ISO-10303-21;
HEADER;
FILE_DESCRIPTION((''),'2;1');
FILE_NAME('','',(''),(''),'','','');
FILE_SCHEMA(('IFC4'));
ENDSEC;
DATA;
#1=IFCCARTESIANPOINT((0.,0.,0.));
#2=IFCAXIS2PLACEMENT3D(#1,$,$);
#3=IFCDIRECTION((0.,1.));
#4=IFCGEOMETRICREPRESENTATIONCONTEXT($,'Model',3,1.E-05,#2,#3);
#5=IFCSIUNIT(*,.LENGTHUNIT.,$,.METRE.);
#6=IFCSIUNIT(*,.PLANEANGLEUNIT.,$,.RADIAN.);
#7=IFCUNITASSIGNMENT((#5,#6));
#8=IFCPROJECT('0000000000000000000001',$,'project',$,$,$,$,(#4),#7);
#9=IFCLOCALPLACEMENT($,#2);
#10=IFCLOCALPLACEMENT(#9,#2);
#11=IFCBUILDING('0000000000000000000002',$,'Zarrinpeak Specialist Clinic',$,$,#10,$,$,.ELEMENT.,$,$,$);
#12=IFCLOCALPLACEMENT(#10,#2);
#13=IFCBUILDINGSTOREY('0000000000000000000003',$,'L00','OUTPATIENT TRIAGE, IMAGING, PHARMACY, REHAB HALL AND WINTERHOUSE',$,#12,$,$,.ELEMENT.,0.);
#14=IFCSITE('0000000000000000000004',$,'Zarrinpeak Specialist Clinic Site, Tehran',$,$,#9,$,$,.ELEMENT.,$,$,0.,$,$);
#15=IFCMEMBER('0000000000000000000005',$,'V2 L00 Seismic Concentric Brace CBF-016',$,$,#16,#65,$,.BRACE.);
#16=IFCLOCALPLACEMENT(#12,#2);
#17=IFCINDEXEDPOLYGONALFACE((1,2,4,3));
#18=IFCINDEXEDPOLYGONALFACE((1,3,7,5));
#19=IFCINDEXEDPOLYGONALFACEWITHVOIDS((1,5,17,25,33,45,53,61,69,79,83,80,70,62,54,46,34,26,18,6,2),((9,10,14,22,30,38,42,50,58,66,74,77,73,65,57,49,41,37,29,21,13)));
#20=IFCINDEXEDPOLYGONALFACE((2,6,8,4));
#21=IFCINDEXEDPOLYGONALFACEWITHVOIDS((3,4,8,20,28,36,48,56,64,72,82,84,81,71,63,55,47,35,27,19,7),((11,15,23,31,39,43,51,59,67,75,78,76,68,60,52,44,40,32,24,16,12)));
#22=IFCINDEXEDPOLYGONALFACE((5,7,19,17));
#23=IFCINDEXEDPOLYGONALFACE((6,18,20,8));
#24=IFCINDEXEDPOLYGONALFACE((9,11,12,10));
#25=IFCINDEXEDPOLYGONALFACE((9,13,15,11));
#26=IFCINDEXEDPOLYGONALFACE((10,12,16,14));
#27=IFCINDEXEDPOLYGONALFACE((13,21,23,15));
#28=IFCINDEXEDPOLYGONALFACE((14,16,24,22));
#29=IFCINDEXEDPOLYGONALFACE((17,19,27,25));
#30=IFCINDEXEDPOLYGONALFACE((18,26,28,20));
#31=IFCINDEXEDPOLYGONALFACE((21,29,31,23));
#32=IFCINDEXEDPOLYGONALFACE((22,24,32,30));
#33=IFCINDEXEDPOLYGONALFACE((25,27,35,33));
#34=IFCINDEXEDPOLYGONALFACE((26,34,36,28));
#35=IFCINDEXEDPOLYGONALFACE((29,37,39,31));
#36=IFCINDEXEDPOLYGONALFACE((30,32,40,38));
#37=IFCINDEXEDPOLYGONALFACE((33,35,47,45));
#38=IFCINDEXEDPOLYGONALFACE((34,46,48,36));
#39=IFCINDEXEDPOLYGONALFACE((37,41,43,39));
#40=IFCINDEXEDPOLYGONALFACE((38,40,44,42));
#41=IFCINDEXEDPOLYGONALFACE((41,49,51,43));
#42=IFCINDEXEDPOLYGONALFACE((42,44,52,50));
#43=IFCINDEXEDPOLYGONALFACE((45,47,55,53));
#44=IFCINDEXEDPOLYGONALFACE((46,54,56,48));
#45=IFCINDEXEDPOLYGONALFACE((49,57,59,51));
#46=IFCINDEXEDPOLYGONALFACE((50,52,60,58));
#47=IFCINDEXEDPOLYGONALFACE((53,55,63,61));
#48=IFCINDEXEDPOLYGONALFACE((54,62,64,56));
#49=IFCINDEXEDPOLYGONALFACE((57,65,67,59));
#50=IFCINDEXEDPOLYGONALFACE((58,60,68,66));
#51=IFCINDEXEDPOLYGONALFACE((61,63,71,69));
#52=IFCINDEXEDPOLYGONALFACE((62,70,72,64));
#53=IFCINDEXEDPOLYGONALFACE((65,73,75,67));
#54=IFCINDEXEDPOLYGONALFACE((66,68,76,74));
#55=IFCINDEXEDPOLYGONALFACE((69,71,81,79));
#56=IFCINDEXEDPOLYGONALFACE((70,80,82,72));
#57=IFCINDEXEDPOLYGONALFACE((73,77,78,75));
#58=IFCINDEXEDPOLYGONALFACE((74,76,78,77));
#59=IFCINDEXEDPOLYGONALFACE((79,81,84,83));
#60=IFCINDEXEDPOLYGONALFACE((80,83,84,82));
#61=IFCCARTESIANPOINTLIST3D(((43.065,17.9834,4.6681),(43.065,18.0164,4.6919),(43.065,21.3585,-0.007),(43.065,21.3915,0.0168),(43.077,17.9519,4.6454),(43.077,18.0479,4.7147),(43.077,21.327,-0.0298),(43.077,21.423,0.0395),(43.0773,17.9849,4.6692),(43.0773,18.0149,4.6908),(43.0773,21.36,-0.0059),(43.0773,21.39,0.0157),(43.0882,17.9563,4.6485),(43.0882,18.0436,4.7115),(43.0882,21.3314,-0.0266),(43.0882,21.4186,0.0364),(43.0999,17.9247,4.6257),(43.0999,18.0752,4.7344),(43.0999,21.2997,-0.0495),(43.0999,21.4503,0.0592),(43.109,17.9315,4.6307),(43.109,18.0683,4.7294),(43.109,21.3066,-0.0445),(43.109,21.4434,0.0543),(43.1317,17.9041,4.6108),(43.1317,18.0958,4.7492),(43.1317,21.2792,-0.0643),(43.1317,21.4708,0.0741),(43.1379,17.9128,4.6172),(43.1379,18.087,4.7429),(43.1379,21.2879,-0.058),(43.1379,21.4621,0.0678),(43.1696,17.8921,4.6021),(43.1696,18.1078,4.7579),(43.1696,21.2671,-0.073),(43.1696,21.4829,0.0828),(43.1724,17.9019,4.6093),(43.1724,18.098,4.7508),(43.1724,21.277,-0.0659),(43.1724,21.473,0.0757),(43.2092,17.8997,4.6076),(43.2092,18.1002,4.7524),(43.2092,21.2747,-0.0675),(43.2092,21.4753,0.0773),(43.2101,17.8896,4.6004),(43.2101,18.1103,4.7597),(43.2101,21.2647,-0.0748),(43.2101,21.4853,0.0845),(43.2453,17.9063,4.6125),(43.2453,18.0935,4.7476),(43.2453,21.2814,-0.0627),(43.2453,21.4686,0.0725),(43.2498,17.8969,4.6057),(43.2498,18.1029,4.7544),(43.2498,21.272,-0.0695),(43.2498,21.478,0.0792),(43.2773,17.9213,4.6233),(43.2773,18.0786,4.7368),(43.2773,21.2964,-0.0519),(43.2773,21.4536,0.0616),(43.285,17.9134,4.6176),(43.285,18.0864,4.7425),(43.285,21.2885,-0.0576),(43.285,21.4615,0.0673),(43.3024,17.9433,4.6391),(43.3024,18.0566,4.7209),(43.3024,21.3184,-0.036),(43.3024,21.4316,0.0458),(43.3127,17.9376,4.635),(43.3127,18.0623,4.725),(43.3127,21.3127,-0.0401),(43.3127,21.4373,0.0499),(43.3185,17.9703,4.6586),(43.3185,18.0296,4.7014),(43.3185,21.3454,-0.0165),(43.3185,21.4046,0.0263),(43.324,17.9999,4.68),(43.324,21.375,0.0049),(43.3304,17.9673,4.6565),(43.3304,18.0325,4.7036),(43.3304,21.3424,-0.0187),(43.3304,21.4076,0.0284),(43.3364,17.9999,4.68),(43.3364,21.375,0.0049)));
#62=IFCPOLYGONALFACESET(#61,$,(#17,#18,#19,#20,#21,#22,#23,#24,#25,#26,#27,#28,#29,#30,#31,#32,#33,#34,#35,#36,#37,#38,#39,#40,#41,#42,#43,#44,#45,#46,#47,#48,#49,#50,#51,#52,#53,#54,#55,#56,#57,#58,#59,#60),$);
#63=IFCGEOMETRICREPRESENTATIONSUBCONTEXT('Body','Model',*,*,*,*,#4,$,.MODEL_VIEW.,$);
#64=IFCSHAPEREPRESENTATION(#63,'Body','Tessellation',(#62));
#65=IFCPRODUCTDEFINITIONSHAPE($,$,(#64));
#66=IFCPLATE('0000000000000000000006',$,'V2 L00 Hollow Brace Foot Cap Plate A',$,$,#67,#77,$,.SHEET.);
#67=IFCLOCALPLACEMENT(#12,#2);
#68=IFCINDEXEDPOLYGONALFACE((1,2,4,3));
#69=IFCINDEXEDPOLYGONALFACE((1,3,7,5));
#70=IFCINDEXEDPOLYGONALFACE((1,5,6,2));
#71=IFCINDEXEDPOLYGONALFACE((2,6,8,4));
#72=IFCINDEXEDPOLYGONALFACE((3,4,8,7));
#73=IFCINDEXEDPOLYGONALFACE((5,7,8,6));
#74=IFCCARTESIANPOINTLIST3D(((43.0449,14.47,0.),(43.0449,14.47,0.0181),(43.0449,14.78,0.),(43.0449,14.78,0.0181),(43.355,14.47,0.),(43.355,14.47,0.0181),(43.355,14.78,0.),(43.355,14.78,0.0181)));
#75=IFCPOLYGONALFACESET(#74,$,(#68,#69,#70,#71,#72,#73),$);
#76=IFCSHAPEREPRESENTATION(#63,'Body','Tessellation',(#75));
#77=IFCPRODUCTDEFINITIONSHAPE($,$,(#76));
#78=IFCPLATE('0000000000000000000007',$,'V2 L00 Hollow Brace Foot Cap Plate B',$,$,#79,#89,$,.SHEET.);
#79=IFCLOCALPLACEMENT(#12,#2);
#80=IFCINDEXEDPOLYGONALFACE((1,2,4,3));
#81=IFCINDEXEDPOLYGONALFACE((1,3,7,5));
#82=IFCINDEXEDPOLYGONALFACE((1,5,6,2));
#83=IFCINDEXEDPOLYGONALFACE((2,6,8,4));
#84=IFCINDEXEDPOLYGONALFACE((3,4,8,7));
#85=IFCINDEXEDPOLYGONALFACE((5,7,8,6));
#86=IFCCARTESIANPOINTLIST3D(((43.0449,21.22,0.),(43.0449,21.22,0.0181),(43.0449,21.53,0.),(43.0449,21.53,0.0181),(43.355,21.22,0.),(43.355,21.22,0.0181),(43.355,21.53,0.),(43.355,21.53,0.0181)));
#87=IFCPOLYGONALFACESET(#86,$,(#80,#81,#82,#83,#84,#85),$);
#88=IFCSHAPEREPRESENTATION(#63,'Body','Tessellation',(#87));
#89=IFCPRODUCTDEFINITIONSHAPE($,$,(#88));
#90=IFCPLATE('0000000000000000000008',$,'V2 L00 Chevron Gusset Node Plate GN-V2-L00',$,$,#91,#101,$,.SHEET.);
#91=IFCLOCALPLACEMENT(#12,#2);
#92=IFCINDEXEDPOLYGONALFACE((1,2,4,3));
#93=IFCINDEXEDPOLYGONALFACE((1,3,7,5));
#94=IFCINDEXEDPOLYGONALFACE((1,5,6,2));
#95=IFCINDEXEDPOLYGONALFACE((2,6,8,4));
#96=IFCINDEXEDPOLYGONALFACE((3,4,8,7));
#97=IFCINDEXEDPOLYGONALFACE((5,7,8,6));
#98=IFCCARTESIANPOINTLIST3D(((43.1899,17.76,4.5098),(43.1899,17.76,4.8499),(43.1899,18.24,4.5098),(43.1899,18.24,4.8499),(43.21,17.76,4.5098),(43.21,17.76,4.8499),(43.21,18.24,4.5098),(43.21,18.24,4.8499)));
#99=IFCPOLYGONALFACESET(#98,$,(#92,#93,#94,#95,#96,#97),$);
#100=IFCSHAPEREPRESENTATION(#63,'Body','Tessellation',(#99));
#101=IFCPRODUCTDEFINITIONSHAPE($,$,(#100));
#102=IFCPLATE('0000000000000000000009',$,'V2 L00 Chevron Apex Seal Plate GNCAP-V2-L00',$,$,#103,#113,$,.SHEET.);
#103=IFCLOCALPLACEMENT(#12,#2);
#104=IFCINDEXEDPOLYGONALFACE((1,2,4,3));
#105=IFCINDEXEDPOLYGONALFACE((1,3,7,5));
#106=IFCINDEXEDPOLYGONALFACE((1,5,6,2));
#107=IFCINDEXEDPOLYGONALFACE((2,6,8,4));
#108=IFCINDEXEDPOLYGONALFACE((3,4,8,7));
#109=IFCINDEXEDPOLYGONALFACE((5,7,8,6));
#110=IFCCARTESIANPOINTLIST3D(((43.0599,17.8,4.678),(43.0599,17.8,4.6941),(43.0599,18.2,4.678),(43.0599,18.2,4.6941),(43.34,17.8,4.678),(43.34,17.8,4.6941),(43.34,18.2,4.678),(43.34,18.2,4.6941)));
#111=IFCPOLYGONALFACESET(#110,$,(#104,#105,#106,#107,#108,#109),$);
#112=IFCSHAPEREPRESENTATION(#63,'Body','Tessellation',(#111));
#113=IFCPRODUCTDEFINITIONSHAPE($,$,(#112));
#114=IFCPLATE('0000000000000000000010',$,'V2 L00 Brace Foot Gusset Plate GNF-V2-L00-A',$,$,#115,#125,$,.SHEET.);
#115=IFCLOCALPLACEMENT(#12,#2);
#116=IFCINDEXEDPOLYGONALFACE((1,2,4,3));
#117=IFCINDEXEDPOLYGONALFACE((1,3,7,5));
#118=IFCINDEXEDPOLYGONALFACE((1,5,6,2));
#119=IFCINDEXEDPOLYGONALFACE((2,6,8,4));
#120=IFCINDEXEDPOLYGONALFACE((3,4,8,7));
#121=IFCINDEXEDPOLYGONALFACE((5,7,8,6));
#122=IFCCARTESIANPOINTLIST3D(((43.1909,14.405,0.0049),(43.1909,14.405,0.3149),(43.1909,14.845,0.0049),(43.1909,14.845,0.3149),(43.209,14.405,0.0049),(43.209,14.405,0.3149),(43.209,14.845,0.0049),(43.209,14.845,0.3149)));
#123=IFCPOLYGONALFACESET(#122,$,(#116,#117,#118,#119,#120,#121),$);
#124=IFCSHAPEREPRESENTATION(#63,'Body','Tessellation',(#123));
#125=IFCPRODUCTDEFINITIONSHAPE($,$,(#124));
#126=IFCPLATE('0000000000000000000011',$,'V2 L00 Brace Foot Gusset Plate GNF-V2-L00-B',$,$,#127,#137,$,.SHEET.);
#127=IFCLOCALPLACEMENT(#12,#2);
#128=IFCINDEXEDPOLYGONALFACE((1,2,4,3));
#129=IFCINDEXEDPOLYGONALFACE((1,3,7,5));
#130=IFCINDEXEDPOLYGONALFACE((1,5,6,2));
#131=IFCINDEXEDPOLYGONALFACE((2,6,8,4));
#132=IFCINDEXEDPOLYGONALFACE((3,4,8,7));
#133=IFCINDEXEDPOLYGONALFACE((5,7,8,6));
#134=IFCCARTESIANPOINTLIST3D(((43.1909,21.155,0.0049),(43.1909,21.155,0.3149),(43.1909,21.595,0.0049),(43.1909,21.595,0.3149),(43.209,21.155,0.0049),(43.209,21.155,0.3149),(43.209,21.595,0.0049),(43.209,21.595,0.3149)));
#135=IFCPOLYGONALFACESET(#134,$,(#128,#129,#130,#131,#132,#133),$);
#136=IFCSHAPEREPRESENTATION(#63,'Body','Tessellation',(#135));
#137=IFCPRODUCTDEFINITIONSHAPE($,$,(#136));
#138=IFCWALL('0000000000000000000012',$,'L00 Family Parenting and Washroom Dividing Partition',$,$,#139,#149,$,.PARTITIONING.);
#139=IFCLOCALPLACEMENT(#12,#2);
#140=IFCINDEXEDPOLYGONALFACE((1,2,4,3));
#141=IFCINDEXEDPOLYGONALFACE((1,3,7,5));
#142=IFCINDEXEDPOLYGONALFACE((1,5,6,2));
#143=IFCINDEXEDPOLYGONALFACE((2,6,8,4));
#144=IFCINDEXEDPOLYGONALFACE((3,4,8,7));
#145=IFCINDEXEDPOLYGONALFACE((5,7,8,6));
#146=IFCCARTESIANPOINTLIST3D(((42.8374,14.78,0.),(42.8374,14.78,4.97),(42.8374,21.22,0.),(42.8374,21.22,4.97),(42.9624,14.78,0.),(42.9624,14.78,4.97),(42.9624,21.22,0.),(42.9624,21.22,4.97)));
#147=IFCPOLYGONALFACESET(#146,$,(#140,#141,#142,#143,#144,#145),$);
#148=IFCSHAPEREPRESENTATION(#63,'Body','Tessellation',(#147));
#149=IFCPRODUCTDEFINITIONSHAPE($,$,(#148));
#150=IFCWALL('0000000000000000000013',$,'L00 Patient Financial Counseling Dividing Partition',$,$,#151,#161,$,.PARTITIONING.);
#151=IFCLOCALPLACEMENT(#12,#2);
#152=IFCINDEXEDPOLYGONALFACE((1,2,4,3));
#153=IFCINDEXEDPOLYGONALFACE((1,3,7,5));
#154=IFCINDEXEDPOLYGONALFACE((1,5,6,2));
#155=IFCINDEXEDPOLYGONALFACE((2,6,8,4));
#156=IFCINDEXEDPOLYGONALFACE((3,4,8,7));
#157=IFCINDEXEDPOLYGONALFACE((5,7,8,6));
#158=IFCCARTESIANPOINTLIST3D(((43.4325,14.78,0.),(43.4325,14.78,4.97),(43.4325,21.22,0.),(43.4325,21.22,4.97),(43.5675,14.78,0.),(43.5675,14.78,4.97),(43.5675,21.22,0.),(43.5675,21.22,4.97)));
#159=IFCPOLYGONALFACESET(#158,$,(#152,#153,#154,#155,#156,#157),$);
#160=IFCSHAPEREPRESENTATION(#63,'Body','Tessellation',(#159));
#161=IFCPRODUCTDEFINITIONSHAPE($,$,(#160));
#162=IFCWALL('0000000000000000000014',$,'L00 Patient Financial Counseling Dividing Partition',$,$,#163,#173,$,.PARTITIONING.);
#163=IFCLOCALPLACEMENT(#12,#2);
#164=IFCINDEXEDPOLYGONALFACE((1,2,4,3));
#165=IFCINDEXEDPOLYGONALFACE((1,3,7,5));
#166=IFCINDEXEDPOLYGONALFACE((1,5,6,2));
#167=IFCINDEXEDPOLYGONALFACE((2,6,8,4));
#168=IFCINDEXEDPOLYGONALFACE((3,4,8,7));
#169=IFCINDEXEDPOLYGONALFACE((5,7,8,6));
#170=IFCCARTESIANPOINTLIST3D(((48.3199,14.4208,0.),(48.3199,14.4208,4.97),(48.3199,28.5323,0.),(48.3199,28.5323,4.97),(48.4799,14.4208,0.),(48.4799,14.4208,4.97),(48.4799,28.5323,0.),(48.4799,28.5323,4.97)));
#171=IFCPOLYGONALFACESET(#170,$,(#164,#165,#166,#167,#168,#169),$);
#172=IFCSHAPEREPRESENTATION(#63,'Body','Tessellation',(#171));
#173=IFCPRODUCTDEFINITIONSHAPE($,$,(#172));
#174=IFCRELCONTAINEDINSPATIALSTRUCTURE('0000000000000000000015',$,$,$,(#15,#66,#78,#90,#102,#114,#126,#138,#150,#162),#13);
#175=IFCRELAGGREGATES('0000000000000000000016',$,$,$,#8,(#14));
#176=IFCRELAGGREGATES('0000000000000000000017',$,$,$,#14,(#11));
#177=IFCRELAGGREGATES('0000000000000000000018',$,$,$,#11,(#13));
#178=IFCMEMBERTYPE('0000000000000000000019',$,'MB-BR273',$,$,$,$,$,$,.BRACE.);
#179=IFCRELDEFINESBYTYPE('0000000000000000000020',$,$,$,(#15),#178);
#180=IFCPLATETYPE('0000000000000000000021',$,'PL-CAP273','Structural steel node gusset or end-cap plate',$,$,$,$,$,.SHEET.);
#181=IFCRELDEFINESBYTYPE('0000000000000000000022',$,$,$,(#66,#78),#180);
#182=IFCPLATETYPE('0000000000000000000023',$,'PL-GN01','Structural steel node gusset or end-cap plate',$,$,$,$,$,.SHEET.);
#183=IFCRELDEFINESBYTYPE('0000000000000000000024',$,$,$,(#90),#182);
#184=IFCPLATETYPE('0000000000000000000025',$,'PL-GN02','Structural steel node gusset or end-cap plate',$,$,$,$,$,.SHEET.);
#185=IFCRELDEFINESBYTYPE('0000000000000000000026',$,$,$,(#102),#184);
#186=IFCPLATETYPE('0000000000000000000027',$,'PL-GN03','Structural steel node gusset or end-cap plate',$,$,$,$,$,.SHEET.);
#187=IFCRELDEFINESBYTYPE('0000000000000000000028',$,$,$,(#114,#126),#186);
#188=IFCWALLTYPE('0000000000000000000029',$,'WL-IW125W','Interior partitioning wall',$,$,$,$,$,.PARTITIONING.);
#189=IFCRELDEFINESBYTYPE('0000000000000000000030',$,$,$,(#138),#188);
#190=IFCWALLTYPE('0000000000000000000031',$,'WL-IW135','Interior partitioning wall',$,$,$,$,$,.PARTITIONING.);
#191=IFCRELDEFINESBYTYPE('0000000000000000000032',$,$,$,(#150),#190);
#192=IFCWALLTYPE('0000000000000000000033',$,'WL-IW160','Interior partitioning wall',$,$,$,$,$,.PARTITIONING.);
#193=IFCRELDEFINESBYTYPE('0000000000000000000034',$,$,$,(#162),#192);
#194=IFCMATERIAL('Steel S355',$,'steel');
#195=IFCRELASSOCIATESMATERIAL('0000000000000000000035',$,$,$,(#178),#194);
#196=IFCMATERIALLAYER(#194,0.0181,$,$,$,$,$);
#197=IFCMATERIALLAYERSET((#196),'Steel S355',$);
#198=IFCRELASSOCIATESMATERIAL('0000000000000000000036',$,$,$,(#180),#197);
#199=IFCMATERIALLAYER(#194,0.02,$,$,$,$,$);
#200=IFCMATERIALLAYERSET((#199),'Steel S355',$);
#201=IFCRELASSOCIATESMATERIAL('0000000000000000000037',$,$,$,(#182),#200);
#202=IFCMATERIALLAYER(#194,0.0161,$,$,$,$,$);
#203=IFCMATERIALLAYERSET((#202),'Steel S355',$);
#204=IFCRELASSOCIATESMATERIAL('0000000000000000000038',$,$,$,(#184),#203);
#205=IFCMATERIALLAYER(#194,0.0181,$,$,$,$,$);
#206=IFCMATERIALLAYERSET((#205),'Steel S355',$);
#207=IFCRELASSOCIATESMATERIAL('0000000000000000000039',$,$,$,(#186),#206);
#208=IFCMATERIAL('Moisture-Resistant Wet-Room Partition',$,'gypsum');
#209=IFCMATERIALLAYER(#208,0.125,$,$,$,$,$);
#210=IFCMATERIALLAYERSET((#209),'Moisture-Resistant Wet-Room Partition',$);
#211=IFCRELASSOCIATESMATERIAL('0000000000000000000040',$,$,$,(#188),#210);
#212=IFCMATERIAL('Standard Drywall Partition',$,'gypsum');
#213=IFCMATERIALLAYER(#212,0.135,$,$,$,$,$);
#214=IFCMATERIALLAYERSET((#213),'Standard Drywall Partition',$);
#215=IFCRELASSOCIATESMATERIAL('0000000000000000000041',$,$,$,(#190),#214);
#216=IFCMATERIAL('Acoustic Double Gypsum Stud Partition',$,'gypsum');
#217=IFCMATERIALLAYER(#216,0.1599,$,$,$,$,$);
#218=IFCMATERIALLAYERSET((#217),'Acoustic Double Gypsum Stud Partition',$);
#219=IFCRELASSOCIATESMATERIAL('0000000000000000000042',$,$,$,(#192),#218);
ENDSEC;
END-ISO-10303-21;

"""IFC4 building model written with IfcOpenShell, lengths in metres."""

from ifc_helpers import new_model, si_unit, direction, frame, frame_2d, origin, origin_2d, place, context, subcontext, project, spatial, rectangle, hollow_circle, extrude, material, layer, layer_set, material_profile, profile_set, type_object, element, save


model = new_model("IFC4")

# Units and contexts
model_context = context("Model", 3, precision=1e-05, world=origin(), true_north=direction((0.0, 1.0)))
body_context = subcontext(model_context, "Body", "Model", "MODEL_VIEW")
ifc_project = project(units=[si_unit("LENGTHUNIT", "METRE"), si_unit("PLANEANGLEUNIT", "RADIAN")], contexts=[model_context])

# Site, building, storey
site_placement = place(None, origin())
site = spatial("IfcSite", under=ifc_project, at=site_placement, Name="Zarrinpeak Specialist Clinic Site, Tehran", CompositionType="ELEMENT", RefElevation=0.0)
building_placement = place(site_placement, origin())
building = spatial("IfcBuilding", under=site, at=building_placement, Name="Zarrinpeak Specialist Clinic", CompositionType="ELEMENT")
storey_placement = place(building_placement, origin())
storey = spatial("IfcBuildingStorey", under=building, at=storey_placement, Name="L00", Description="OUTPATIENT TRIAGE, IMAGING, PHARMACY, REHAB HALL AND WINTERHOUSE", CompositionType="ELEMENT", Elevation=0.0)

# Shared definitions
ifc_material_1 = material(Name="Steel S355", Category="steel")

# Member
ifc_material_profile_1 = material_profile(ifc_material_1, hollow_circle(Radius=0.1365, WallThickness=0.0125, at=origin_2d()), Name="CHS 273.0x12.5")
ifc_profile_set_1 = profile_set([ifc_material_profile_1], Name="Steel S355")
member_type = type_object("IfcMemberType", Name="MB-BR273", PredefinedType="BRACE", material=ifc_profile_set_1)
for number, where, z_axis, x_axis, name in (
    (1, (43.2, 21.375, 0.0049), (0.0, -0.585328, 0.810796), (1.0, 0.0, 0.0), "V2 L00 Seismic Concentric Brace CBF-016"),
):
    element("IfcMember", number, at=place(storey_placement, frame(where, z_axis=z_axis, x_axis=x_axis)), inside=storey, type_object=member_type, Name=name, PredefinedType="BRACE", context=body_context, shape_type="SweptSolid", body=[
        extrude(hollow_circle(Radius=0.1365, WallThickness=0.0125, at=origin_2d()), origin(), (0.0, 0.0, 1.0), 5.7661),
    ])

# Plates
ifc_layer_1 = layer(ifc_material_1, 0.0181)
ifc_layer_set_1 = layer_set([ifc_layer_1], Name="Steel S355")
plate_type_1 = type_object("IfcPlateType", Name="PL-CAP273", Description="Structural steel node gusset or end-cap plate", PredefinedType="SHEET", material=ifc_layer_set_1)
for number, where, z_axis, x_axis, name in (
    (2, (43.2, 14.625, 0.0), (0.0, 0.0, 1.0), (1.0, 0.0, 0.0), "V2 L00 Hollow Brace Foot Cap Plate A"),
    (3, (43.2, 21.375, 0.0), (0.0, 0.0, 1.0), (1.0, 0.0, 0.0), "V2 L00 Hollow Brace Foot Cap Plate B"),
):
    element("IfcPlate", number, at=place(storey_placement, frame(where, z_axis=z_axis, x_axis=x_axis)), inside=storey, type_object=plate_type_1, Name=name, PredefinedType="SHEET", context=body_context, shape_type="SweptSolid", body=[
        extrude(rectangle(XDim=0.3101, YDim=0.3101, at=origin_2d()), origin(), (0.0, 0.0, 1.0), 0.0181),
    ])
ifc_layer_2 = layer(ifc_material_1, 0.02)
ifc_layer_set_2 = layer_set([ifc_layer_2], Name="Steel S355")
plate_type_2 = type_object("IfcPlateType", Name="PL-GN01", Description="Structural steel node gusset or end-cap plate", PredefinedType="SHEET", material=ifc_layer_set_2)
plate_1_placement = place(storey_placement, frame((43.2, 18.0, 4.5098), z_axis=(0.0, 0.0, 1.0), x_axis=(1.0, 0.0, 0.0)))
element("IfcPlate", 4, at=plate_1_placement, inside=storey, type_object=plate_type_2, Name="V2 L00 Chevron Gusset Node Plate GN-V2-L00", PredefinedType="SHEET", context=body_context, shape_type="SweptSolid", body=[
    extrude(rectangle(XDim=0.02, YDim=0.48, at=origin_2d()), origin(), (0.0, 0.0, 1.0), 0.3401),
])
ifc_layer_3 = layer(ifc_material_1, 0.0161)
ifc_layer_set_3 = layer_set([ifc_layer_3], Name="Steel S355")
plate_type_3 = type_object("IfcPlateType", Name="PL-GN02", Description="Structural steel node gusset or end-cap plate", PredefinedType="SHEET", material=ifc_layer_set_3)
plate_2_placement = place(storey_placement, frame((43.2, 18.0, 4.678), z_axis=(0.0, 0.0, 1.0), x_axis=(1.0, 0.0, 0.0)))
element("IfcPlate", 5, at=plate_2_placement, inside=storey, type_object=plate_type_3, Name="V2 L00 Chevron Apex Seal Plate GNCAP-V2-L00", PredefinedType="SHEET", context=body_context, shape_type="SweptSolid", body=[
    extrude(rectangle(XDim=0.28, YDim=0.3999, at=origin_2d()), origin(), (0.0, 0.0, 1.0), 0.0161),
])
ifc_layer_4 = layer(ifc_material_1, 0.0181)
ifc_layer_set_4 = layer_set([ifc_layer_4], Name="Steel S355")
plate_type_4 = type_object("IfcPlateType", Name="PL-GN03", Description="Structural steel node gusset or end-cap plate", PredefinedType="SHEET", material=ifc_layer_set_4)
for number, where, z_axis, x_axis, name in (
    (6, (43.2, 14.625, 0.0049), (0.0, 0.0, 1.0), (1.0, 0.0, 0.0), "V2 L00 Brace Foot Gusset Plate GNF-V2-L00-A"),
    (7, (43.2, 21.375, 0.0049), (0.0, 0.0, 1.0), (1.0, 0.0, 0.0), "V2 L00 Brace Foot Gusset Plate GNF-V2-L00-B"),
):
    element("IfcPlate", number, at=place(storey_placement, frame(where, z_axis=z_axis, x_axis=x_axis)), inside=storey, type_object=plate_type_4, Name=name, PredefinedType="SHEET", context=body_context, shape_type="SweptSolid", body=[
        extrude(rectangle(XDim=0.0181, YDim=0.4399, at=origin_2d()), origin(), (0.0, 0.0, 1.0), 0.3101),
    ])

# Walls
ifc_material_2 = material(Name="Moisture-Resistant Wet-Room Partition", Category="gypsum")
ifc_layer_5 = layer(ifc_material_2, 0.125)
ifc_layer_set_5 = layer_set([ifc_layer_5], Name="Moisture-Resistant Wet-Room Partition")
wall_type_1 = type_object("IfcWallType", Name="WL-IW125W", Description="Interior partitioning wall", PredefinedType="PARTITIONING", material=ifc_layer_set_5)
wall_1_placement = place(storey_placement, frame((42.8999, 14.78, 0.0), z_axis=(0.0, 0.0, 1.0), x_axis=(0.0, 1.0, 0.0)))
element("IfcWall", 8, at=wall_1_placement, inside=storey, type_object=wall_type_1, Name="L00 Family Parenting and Washroom Dividing Partition", PredefinedType="PARTITIONING", context=body_context, shape_type="SweptSolid", body=[
    extrude(rectangle(XDim=6.4399, YDim=0.125, at=frame_2d((3.22, 0.0))), origin(), (0.0, 0.0, 1.0), 4.97),
])
ifc_material_3 = material(Name="Standard Drywall Partition", Category="gypsum")
ifc_layer_6 = layer(ifc_material_3, 0.135)
ifc_layer_set_6 = layer_set([ifc_layer_6], Name="Standard Drywall Partition")
wall_type_2 = type_object("IfcWallType", Name="WL-IW135", Description="Interior partitioning wall", PredefinedType="PARTITIONING", material=ifc_layer_set_6)
wall_2_placement = place(storey_placement, frame((43.5, 14.78, 0.0), z_axis=(0.0, 0.0, 1.0), x_axis=(0.0, 1.0, 0.0)))
element("IfcWall", 9, at=wall_2_placement, inside=storey, type_object=wall_type_2, Name="L00 Patient Financial Counseling Dividing Partition", PredefinedType="PARTITIONING", context=body_context, shape_type="SweptSolid", body=[
    extrude(rectangle(XDim=6.4399, YDim=0.135, at=frame_2d((3.22, 0.0))), origin(), (0.0, 0.0, 1.0), 4.97),
])
ifc_material_4 = material(Name="Acoustic Double Gypsum Stud Partition", Category="gypsum")
ifc_layer_7 = layer(ifc_material_4, 0.1599)
ifc_layer_set_7 = layer_set([ifc_layer_7], Name="Acoustic Double Gypsum Stud Partition")
wall_type_3 = type_object("IfcWallType", Name="WL-IW160", Description="Interior partitioning wall", PredefinedType="PARTITIONING", material=ifc_layer_set_7)
wall_3_placement = place(storey_placement, frame((48.3999, 14.4209, 0.0), z_axis=(0.0, 0.0, 1.0), x_axis=(0.0, 1.0, 0.0)))
element("IfcWall", 10, at=wall_3_placement, inside=storey, type_object=wall_type_3, Name="L00 Patient Financial Counseling Dividing Partition", PredefinedType="PARTITIONING", context=body_context, shape_type="SweptSolid", body=[
    extrude(rectangle(XDim=14.1116, YDim=0.1599, at=frame_2d((7.0557, 0.0))), origin(), (0.0, 0.0, 1.0), 4.97),
])

save(model, "model.ifc")
